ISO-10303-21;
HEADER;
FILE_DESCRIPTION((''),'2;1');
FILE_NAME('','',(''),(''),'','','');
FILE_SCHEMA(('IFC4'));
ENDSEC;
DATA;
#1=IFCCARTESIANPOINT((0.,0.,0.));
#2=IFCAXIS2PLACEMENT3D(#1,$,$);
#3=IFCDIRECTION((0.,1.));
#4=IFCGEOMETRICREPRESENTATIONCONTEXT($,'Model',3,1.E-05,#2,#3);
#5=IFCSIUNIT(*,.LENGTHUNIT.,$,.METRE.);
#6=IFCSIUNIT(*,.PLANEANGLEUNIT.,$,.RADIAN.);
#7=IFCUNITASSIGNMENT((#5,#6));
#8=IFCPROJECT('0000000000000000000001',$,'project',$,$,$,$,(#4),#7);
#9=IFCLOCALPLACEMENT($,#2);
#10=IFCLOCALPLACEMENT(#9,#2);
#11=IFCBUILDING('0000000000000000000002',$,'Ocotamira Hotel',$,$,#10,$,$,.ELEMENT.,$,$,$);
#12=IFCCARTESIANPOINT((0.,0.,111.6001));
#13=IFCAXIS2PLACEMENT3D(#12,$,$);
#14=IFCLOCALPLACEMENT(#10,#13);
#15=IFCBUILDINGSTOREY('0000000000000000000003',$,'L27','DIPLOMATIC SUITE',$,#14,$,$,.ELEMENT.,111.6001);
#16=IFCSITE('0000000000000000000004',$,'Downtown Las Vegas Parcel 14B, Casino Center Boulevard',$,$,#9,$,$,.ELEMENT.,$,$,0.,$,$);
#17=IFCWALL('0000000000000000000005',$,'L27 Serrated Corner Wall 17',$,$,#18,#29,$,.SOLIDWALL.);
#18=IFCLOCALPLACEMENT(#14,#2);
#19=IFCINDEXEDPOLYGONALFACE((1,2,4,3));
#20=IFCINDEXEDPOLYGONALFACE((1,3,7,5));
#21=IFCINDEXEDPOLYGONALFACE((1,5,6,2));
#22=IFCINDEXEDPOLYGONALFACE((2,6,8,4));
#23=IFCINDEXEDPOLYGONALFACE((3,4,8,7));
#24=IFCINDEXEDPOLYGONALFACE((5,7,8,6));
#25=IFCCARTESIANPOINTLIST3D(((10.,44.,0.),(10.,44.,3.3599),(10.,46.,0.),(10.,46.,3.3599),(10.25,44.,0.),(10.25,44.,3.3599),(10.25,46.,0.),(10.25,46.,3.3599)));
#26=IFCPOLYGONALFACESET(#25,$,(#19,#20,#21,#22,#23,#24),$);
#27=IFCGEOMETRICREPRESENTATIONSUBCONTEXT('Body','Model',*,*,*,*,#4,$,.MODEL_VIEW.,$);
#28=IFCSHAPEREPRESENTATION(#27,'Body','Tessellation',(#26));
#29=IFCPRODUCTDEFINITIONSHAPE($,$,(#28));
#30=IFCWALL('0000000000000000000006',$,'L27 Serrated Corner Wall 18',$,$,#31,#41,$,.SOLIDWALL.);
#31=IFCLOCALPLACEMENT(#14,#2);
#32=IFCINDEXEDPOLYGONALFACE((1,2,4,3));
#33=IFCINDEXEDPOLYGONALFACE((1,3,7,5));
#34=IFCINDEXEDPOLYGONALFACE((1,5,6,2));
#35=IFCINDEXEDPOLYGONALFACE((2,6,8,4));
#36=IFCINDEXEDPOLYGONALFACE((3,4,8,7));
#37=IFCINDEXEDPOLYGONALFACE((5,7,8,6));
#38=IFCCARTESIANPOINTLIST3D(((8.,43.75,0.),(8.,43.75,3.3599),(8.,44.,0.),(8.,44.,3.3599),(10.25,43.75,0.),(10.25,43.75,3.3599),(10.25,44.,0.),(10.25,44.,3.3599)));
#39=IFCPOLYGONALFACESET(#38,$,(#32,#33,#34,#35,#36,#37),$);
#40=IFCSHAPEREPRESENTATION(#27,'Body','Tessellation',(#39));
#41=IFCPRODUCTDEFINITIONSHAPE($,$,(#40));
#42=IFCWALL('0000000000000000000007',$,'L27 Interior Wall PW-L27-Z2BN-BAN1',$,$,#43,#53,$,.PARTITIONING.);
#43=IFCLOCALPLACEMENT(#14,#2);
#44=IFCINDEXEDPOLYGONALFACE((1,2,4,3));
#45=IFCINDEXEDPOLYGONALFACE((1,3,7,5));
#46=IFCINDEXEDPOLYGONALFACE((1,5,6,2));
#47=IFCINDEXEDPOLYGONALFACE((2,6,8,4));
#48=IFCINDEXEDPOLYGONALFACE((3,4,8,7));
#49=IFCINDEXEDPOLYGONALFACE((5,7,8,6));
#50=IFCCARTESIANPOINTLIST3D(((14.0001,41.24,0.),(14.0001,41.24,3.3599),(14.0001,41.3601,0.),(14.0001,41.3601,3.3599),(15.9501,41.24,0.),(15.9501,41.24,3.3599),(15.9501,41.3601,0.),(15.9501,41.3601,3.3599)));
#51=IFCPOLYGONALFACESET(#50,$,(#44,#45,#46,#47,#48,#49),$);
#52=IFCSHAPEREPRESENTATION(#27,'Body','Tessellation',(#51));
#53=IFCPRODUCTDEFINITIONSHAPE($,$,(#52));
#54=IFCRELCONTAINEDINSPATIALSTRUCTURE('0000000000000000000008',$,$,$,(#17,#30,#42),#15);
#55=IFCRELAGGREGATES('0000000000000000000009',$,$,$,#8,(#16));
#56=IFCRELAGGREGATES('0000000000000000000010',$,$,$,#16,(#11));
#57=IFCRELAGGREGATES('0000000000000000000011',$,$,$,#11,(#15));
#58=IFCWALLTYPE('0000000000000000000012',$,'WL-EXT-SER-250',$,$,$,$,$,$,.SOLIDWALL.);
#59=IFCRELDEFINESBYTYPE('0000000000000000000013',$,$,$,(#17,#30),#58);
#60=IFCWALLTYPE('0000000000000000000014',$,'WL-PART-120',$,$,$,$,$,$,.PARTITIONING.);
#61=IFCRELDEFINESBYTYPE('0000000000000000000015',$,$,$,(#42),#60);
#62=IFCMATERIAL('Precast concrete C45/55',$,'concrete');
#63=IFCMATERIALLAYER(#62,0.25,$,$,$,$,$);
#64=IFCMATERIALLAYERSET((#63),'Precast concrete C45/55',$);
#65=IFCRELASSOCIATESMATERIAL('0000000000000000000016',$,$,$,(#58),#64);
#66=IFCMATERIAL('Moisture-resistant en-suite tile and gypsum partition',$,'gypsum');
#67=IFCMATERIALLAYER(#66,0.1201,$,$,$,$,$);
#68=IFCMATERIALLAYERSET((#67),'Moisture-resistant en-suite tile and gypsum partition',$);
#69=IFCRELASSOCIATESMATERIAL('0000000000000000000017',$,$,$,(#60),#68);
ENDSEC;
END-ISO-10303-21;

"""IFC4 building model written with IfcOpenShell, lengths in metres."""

from ifc_helpers import new_model, si_unit, direction, frame, frame_2d, origin, place, context, subcontext, project, spatial, rectangle, extrude, material, layer, layer_set, type_object, element, save


model = new_model("IFC4")

# Units and contexts
model_context = context("Model", 3, precision=1e-05, world=origin(), true_north=direction((0.0, 1.0)))
body_context = subcontext(model_context, "Body", "Model", "MODEL_VIEW")
ifc_project = project(units=[si_unit("LENGTHUNIT", "METRE"), si_unit("PLANEANGLEUNIT", "RADIAN")], contexts=[model_context])

# Site, building, storey
site_placement = place(None, origin())
site = spatial("IfcSite", under=ifc_project, at=site_placement, Name="Downtown Las Vegas Parcel 14B, Casino Center Boulevard", CompositionType="ELEMENT", RefElevation=0.0)
building_placement = place(site_placement, origin())
building = spatial("IfcBuilding", under=site, at=building_placement, Name="Ocotamira Hotel", CompositionType="ELEMENT")
storey_placement = place(building_placement, frame((0.0, 0.0, 111.6001)))
storey = spatial("IfcBuildingStorey", under=building, at=storey_placement, Name="L27", Description="DIPLOMATIC SUITE", CompositionType="ELEMENT", Elevation=111.6001)

# Shared definitions
ifc_material_1 = material(Name="Precast concrete C45/55", Category="concrete")
ifc_layer_1 = layer(ifc_material_1, 0.25)
ifc_layer_set_1 = layer_set([ifc_layer_1], Name="Precast concrete C45/55")
wall_type_1 = type_object("IfcWallType", Name="WL-EXT-SER-250", PredefinedType="SOLIDWALL", material=ifc_layer_set_1)

# Walls
for number, where, z_axis, x_axis, name in (
    (1, (10.125, 46.0, 0.0), (0.0, 0.0, 1.0), (0.0, -1.0, 0.0), "L27 Serrated Corner Wall 17"),
):
    element("IfcWall", number, at=place(storey_placement, frame(where, z_axis=z_axis, x_axis=x_axis)), inside=storey, type_object=wall_type_1, Name=name, PredefinedType="SOLIDWALL", context=body_context, shape_type="SweptSolid", body=[
        extrude(rectangle(XDim=2.0, YDim=0.25, at=frame_2d((1.0, 0.0))), origin(), (0.0, 0.0, 1.0), 3.3599),
    ])
wall_1_placement = place(storey_placement, frame((10.25, 43.875, 0.0), z_axis=(0.0, 0.0, 1.0), x_axis=(-1.0, 0.0, 0.0)))
element("IfcWall", 2, at=wall_1_placement, inside=storey, type_object=wall_type_1, Name="L27 Serrated Corner Wall 18", PredefinedType="SOLIDWALL", context=body_context, shape_type="SweptSolid", body=[
    extrude(rectangle(XDim=2.25, YDim=0.25, at=frame_2d((1.125, 0.0))), origin(), (0.0, 0.0, 1.0), 3.3599),
])
ifc_material_2 = material(Name="Moisture-resistant en-suite tile and gypsum partition", Category="gypsum")
ifc_layer_2 = layer(ifc_material_2, 0.1201)
ifc_layer_set_2 = layer_set([ifc_layer_2], Name="Moisture-resistant en-suite tile and gypsum partition")
wall_type_2 = type_object("IfcWallType", Name="WL-PART-120", PredefinedType="PARTITIONING", material=ifc_layer_set_2)
wall_2_placement = place(storey_placement, frame((14.0, 41.3, 0.0), z_axis=(0.0, 0.0, 1.0), x_axis=(1.0, 0.0, 0.0)))
element("IfcWall", 3, at=wall_2_placement, inside=storey, type_object=wall_type_2, Name="L27 Interior Wall PW-L27-Z2BN-BAN1", PredefinedType="PARTITIONING", context=body_context, shape_type="SweptSolid", body=[
    extrude(rectangle(XDim=1.95, YDim=0.1201, at=frame_2d((0.9751, 0.0))), origin(), (0.0, 0.0, 1.0), 3.3599),
])

save(model, "model.ifc")
